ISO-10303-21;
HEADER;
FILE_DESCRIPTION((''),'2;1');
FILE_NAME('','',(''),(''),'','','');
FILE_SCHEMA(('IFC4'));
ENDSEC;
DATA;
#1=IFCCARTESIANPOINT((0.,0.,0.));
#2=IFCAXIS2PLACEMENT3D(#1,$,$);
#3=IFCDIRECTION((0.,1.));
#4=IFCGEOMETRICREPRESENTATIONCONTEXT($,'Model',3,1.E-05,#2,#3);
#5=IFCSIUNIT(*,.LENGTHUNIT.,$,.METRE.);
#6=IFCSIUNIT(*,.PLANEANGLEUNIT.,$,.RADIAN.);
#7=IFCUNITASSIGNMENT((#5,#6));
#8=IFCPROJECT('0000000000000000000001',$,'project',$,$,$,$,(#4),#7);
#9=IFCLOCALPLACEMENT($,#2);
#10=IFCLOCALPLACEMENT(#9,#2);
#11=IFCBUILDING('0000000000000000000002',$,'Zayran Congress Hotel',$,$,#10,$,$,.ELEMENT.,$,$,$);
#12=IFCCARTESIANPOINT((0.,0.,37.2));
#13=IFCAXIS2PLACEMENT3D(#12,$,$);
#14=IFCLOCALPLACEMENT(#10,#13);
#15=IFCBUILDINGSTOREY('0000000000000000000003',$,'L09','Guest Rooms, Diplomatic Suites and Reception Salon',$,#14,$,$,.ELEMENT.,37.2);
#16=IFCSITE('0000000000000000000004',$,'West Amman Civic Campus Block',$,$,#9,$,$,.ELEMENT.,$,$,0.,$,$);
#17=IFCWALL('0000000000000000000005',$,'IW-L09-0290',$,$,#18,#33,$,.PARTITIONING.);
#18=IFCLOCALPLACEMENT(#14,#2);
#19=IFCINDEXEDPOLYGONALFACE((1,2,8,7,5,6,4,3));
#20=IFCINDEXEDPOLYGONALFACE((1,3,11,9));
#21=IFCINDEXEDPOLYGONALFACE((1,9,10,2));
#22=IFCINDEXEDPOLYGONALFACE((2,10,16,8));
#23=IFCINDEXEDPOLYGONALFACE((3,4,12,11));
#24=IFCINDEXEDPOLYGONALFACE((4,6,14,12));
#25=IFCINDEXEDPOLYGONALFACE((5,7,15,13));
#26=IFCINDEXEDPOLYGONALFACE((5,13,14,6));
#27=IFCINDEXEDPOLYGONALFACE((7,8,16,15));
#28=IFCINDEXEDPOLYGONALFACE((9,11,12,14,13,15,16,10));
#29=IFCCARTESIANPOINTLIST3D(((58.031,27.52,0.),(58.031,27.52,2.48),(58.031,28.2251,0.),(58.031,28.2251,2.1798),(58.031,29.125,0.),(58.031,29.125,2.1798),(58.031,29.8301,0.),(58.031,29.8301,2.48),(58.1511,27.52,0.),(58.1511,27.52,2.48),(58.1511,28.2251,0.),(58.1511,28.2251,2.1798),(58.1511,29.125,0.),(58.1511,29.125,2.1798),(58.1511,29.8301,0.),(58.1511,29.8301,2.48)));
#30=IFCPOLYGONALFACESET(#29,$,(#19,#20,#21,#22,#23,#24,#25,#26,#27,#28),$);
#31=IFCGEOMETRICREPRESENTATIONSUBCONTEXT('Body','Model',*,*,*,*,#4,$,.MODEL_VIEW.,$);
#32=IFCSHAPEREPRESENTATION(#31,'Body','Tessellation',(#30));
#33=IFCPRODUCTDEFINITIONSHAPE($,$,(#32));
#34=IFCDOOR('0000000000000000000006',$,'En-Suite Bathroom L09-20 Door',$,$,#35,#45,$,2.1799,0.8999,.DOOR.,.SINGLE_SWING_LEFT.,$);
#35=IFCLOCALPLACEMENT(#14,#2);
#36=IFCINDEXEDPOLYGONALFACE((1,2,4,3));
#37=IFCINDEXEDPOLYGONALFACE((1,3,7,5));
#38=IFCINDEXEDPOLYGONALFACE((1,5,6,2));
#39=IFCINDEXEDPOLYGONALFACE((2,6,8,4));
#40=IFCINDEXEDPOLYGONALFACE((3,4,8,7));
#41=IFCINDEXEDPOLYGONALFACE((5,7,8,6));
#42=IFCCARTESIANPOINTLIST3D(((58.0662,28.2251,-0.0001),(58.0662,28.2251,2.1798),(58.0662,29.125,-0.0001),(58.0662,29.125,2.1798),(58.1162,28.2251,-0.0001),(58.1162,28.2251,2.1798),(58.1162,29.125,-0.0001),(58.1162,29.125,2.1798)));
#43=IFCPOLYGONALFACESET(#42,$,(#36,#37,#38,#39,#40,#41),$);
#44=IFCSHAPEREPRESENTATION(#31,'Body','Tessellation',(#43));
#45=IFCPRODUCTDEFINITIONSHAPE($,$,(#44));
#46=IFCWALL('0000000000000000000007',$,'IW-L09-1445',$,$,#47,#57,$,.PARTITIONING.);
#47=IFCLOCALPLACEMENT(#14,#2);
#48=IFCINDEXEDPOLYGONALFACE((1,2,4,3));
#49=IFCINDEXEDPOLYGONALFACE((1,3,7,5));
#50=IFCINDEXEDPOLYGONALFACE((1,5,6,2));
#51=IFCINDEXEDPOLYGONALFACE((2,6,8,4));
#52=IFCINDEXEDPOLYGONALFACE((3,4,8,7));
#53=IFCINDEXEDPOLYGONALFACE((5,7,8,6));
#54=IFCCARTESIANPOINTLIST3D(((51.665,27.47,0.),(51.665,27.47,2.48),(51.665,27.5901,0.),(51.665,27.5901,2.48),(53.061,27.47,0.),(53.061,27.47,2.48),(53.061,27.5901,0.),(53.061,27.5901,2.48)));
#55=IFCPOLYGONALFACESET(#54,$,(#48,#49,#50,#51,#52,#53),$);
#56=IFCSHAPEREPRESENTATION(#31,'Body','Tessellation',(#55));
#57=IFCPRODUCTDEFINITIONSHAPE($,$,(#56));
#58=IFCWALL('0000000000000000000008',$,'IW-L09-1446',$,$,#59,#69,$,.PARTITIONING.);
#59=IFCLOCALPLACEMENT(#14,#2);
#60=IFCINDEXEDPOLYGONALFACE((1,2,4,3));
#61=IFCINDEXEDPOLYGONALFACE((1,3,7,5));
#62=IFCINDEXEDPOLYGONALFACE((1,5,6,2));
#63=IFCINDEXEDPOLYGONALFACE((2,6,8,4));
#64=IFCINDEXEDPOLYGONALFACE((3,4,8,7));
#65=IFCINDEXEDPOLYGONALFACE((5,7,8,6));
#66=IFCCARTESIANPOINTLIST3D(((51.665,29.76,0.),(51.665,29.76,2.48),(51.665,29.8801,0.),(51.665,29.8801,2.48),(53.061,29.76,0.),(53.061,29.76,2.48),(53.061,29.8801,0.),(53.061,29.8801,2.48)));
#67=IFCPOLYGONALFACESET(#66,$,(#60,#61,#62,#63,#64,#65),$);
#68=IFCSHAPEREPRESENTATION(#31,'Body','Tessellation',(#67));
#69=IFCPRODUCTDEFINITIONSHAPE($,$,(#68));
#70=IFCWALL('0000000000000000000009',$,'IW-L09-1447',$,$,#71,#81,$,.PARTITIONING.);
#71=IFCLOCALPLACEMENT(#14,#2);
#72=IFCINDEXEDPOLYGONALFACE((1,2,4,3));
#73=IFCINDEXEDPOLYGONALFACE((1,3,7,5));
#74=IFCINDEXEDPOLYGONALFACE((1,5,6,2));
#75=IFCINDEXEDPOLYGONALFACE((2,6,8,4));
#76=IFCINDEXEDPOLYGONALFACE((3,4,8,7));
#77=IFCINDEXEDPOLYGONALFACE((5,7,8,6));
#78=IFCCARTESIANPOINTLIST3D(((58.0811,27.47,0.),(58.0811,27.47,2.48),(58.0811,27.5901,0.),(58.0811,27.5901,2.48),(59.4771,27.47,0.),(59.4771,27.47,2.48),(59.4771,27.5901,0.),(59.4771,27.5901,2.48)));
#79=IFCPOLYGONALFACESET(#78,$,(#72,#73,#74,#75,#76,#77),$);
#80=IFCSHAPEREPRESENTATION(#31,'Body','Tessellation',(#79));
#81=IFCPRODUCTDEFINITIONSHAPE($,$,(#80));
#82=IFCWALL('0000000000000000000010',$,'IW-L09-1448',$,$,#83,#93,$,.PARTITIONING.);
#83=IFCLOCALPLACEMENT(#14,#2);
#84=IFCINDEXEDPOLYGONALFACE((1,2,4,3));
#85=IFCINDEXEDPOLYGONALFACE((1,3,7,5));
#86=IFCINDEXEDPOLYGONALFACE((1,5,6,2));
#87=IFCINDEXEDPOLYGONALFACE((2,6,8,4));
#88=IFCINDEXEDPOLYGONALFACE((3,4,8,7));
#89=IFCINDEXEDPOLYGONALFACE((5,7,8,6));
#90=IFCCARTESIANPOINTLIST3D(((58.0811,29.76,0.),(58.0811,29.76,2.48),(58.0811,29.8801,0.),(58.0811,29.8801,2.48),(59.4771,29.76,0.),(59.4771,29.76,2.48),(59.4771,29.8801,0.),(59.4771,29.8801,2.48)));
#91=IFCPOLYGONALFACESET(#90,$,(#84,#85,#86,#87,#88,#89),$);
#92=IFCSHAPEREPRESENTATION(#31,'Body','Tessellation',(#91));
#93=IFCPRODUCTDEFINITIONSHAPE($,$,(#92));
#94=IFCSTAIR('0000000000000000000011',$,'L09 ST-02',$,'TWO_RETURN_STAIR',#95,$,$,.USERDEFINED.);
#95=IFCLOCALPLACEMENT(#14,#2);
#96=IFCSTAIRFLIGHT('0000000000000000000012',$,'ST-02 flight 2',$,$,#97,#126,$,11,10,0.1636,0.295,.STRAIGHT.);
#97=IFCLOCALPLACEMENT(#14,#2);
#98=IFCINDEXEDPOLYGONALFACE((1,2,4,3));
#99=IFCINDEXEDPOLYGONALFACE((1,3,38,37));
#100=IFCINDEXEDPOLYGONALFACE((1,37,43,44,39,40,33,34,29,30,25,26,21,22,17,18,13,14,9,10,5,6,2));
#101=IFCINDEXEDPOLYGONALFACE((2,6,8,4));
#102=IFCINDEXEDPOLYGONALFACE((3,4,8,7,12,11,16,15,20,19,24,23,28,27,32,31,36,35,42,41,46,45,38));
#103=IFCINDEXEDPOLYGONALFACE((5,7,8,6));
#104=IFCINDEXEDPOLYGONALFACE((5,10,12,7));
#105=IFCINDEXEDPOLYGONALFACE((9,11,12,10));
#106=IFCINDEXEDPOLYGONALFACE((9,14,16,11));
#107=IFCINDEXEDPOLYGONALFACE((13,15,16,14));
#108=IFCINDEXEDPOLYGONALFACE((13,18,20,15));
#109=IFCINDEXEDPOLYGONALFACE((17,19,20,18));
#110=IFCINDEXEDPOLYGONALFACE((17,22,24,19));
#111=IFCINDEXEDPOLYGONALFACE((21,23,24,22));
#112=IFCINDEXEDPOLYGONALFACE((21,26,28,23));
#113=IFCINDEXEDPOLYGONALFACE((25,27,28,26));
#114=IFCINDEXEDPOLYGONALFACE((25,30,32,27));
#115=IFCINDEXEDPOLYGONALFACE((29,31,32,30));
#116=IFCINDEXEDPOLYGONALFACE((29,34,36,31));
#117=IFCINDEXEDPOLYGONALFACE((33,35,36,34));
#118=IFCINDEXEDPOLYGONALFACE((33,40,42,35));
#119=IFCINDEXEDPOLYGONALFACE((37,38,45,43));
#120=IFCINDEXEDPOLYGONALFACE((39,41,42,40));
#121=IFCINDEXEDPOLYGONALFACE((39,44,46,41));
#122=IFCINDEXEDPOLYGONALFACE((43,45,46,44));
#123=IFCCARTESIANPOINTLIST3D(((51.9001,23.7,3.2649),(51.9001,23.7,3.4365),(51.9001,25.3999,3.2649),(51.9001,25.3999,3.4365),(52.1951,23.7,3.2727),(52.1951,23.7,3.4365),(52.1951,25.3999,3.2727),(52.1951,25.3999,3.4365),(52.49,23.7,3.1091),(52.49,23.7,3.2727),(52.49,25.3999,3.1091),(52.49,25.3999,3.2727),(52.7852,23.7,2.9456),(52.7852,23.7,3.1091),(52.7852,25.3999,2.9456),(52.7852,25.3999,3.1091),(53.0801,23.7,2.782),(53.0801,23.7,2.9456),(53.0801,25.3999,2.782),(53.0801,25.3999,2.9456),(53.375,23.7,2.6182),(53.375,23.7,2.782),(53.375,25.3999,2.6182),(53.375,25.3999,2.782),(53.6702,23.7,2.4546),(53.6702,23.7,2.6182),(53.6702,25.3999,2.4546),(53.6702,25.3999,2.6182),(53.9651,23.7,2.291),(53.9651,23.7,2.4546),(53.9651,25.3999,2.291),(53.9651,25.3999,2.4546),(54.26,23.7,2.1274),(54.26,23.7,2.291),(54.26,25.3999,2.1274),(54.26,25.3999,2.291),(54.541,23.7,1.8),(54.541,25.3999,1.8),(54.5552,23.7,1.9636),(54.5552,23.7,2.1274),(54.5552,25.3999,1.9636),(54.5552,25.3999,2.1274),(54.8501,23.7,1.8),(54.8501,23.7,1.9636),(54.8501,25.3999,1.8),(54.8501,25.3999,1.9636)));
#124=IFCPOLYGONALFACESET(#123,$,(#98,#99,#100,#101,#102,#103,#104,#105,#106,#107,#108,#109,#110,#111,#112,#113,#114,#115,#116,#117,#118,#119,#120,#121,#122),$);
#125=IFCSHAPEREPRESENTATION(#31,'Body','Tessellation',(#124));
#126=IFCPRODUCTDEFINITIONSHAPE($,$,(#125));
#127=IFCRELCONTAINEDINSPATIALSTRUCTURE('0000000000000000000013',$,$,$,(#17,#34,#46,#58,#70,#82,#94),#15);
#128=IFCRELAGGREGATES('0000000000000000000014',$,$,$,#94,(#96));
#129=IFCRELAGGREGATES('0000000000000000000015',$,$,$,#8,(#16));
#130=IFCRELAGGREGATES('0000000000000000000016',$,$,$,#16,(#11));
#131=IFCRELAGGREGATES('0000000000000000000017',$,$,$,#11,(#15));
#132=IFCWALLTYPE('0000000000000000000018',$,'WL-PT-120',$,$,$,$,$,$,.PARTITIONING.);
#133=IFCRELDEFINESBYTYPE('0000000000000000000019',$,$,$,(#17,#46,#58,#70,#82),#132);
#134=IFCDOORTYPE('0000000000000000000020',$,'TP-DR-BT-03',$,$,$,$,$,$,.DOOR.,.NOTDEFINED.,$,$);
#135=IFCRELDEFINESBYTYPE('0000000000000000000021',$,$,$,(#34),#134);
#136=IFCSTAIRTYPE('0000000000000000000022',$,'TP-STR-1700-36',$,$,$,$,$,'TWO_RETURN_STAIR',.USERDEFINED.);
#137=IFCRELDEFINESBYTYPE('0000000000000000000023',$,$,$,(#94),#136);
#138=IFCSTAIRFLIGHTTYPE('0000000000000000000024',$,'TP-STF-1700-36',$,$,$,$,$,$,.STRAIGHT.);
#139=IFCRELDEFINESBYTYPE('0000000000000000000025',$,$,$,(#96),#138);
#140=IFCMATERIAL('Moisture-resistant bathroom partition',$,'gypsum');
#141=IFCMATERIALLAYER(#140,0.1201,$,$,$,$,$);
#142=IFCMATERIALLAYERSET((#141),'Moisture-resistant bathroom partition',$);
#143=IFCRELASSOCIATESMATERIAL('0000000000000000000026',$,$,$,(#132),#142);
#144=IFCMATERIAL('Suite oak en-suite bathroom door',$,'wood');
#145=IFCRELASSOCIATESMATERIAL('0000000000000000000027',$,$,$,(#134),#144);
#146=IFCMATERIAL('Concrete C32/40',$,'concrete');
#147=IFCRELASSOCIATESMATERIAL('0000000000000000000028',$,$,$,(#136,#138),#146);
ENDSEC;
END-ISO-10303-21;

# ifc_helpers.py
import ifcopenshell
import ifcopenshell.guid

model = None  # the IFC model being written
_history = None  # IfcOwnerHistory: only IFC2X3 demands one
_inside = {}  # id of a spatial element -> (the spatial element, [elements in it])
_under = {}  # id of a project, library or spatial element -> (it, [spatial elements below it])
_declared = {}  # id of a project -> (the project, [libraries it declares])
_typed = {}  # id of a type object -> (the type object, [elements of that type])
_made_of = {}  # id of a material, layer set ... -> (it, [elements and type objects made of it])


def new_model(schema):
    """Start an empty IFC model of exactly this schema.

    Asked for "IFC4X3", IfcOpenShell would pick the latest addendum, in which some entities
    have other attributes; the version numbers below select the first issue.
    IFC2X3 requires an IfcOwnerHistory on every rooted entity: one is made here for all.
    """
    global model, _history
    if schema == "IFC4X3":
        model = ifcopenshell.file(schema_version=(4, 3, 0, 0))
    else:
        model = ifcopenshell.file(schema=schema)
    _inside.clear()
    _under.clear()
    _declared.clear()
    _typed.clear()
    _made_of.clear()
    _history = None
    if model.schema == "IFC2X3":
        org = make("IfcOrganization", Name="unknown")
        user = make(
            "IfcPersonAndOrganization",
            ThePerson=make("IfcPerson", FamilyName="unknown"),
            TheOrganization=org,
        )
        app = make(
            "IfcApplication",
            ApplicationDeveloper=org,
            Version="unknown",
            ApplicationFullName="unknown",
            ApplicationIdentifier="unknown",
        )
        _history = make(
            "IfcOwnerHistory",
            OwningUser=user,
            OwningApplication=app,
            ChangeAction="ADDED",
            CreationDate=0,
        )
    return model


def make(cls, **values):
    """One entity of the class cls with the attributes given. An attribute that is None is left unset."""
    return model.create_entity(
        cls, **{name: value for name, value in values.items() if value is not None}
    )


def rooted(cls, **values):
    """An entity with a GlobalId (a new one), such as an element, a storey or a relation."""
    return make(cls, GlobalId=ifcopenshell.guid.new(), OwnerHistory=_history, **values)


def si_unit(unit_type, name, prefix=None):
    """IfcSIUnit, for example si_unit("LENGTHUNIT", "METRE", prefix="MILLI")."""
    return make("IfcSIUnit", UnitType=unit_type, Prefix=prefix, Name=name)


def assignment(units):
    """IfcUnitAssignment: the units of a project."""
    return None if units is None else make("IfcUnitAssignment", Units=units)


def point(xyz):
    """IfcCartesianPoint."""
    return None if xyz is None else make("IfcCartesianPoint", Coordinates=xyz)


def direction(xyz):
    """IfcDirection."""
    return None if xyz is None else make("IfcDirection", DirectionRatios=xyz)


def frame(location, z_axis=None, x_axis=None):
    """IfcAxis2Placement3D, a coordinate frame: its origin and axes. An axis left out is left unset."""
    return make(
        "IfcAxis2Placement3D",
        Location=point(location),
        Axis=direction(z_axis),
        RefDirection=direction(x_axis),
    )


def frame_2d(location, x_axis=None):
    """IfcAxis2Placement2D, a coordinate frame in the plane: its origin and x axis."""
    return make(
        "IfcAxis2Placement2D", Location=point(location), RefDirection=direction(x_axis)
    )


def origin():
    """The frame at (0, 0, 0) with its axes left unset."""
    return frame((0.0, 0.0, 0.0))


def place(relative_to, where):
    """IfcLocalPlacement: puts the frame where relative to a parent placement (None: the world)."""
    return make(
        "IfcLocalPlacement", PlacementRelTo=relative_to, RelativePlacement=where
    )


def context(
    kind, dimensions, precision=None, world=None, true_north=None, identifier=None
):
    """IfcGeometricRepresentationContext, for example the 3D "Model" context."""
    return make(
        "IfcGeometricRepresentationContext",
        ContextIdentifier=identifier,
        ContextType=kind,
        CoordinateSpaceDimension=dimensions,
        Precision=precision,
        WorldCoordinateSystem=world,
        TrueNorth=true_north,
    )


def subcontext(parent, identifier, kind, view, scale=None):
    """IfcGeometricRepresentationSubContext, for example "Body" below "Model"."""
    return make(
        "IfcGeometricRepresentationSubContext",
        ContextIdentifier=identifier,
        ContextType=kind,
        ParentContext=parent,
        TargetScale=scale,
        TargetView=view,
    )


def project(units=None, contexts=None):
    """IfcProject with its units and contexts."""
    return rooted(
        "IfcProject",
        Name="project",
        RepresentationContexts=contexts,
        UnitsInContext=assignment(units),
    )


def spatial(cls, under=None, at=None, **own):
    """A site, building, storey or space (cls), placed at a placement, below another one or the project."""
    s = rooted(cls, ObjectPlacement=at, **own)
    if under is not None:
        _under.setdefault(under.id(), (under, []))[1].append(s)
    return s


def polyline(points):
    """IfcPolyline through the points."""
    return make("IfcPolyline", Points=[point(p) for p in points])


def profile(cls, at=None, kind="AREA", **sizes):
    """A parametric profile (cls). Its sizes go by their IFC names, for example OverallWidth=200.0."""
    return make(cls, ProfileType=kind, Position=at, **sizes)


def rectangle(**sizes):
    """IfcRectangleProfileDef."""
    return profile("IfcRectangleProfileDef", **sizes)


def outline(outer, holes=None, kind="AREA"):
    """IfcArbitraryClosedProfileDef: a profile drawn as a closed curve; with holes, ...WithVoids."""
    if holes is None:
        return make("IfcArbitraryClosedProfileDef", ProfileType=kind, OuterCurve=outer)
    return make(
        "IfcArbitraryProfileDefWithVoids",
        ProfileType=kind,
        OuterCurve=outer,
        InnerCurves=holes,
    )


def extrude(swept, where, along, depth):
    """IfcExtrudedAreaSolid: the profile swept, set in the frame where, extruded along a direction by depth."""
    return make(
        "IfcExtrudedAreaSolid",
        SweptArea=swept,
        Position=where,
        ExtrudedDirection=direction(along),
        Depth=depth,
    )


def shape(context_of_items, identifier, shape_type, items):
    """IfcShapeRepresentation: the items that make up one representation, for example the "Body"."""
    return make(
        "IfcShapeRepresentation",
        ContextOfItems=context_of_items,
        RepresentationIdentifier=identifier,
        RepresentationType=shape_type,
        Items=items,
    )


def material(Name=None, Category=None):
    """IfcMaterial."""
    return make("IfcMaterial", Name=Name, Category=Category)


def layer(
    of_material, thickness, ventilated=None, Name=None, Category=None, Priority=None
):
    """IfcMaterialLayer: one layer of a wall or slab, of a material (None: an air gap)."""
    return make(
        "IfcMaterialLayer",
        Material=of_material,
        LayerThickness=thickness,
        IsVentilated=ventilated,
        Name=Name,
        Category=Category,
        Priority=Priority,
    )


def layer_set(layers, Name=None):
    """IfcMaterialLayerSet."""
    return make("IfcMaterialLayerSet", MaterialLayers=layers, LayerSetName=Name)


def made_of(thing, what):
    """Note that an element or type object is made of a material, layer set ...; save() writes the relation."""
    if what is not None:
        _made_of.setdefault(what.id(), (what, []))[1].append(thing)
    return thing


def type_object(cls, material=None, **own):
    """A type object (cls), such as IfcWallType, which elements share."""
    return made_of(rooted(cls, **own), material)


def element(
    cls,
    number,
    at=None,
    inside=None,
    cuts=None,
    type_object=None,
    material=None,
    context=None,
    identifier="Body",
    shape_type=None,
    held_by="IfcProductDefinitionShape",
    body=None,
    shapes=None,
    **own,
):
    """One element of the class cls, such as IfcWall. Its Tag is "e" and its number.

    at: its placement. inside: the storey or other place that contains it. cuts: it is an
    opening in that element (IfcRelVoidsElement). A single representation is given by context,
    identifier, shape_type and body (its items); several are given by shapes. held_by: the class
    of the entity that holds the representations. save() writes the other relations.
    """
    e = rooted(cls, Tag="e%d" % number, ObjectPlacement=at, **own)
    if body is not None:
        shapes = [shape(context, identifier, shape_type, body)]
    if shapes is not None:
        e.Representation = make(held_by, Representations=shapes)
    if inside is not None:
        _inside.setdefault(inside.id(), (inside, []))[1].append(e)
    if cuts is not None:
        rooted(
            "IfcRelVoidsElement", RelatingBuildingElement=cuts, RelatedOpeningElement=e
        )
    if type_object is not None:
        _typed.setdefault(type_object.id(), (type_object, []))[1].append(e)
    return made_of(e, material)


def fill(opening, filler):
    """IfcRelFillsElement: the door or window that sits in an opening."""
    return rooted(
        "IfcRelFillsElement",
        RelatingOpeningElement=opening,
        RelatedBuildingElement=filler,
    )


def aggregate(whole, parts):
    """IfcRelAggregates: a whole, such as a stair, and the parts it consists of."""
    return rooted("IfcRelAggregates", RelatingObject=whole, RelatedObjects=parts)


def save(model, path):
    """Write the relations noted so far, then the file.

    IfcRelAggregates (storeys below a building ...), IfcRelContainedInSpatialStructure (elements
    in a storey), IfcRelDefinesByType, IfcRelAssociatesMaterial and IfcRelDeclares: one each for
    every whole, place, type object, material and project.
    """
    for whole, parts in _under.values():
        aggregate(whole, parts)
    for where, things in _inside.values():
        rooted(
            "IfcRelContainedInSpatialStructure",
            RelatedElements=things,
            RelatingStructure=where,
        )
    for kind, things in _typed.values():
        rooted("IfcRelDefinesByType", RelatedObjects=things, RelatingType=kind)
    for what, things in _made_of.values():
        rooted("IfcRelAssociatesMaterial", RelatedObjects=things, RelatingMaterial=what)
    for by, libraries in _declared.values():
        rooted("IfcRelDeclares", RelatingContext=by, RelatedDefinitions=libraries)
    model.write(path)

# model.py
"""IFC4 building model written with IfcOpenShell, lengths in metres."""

from ifc_helpers import new_model, si_unit, direction, frame, frame_2d, origin, place, context, subcontext, project, spatial, polyline, rectangle, outline, extrude, material, layer, layer_set, type_object, element, fill, aggregate, save


model = new_model("IFC4")

# Units and contexts
model_context = context("Model", 3, precision=1e-05, world=origin(), true_north=direction((0.0, 1.0)))
body_context = subcontext(model_context, "Body", "Model", "MODEL_VIEW")
ifc_project = project(units=[si_unit("LENGTHUNIT", "METRE"), si_unit("PLANEANGLEUNIT", "RADIAN")], contexts=[model_context])

# Site, building, storey
site_placement = place(None, origin())
site = spatial("IfcSite", under=ifc_project, at=site_placement, Name="West Amman Civic Campus Block", CompositionType="ELEMENT", RefElevation=0.0)
building_placement = place(site_placement, origin())
building = spatial("IfcBuilding", under=site, at=building_placement, Name="Zayran Congress Hotel", CompositionType="ELEMENT")
storey_placement = place(building_placement, frame((0.0, 0.0, 37.2)))
storey = spatial("IfcBuildingStorey", under=building, at=storey_placement, Name="L09", Description="Guest Rooms, Diplomatic Suites and Reception Salon", CompositionType="ELEMENT", Elevation=37.2)

# Wall, opening, door
ifc_material_1 = material(Name="Moisture-resistant bathroom partition", Category="gypsum")
ifc_layer_1 = layer(ifc_material_1, 0.1201)
ifc_layer_set_1 = layer_set([ifc_layer_1], Name="Moisture-resistant bathroom partition")
wall_type_1 = type_object("IfcWallType", Name="WL-PT-120", PredefinedType="PARTITIONING", material=ifc_layer_set_1)
ifc_material_2 = material(Name="Suite oak en-suite bathroom door", Category="wood")
door_type_1 = type_object("IfcDoorType", Name="TP-DR-BT-03", OperationType="NOTDEFINED", PredefinedType="DOOR", material=ifc_material_2)
wall_1_placement = place(storey_placement, frame((58.0911, 27.52, 0.0), z_axis=(0.0, 0.0, 1.0), x_axis=(0.0, 1.0, 0.0)))
wall_1 = element("IfcWall", 1, at=wall_1_placement, inside=storey, type_object=wall_type_1, Name="IW-L09-0290", PredefinedType="PARTITIONING", context=body_context, shape_type="SweptSolid", body=[
    extrude(rectangle(XDim=2.3101, YDim=0.1201, at=frame_2d((1.155, 0.0))), origin(), (0.0, 0.0, 1.0), 2.48),
])
opening_1_placement = place(wall_1_placement, frame((0.7051, 0.0, 0.0)))
opening_1 = element("IfcOpeningElement", 2, at=opening_1_placement, cuts=wall_1, PredefinedType="OPENING", context=body_context, shape_type="SweptSolid", body=[
    extrude(rectangle(XDim=0.8999, YDim=2.1799, at=frame_2d((0.45, 1.0898))), frame((0.0, 0.0701, 0.0), z_axis=(0.0, -1.0, 0.0), x_axis=(1.0, 0.0, 0.0)), (0.0, 0.0, 1.0), 0.1401),
])
door_1_placement = place(opening_1_placement, origin())
door_1 = element("IfcDoor", 3, at=door_1_placement, inside=storey, type_object=door_type_1, Name="En-Suite Bathroom L09-20 Door", OperationType="SINGLE_SWING_LEFT", OverallHeight=2.1799, OverallWidth=0.8999, PredefinedType="DOOR", context=body_context, shape_type="SweptSolid", body=[
    extrude(rectangle(XDim=0.8999, YDim=2.1799, at=frame_2d((0.45, 1.0898))), frame((0.0, 0.0249, 0.0), z_axis=(0.0, -1.0, 0.0), x_axis=(1.0, 0.0, 0.0)), (0.0, 0.0, 1.0), 0.05),
])
fill(opening_1, door_1)

# Walls
for number, where, z_axis, x_axis, name in (
    (4, (51.665, 27.53, 0.0), (0.0, 0.0, 1.0), (1.0, 0.0, 0.0), "IW-L09-1445"),
    (5, (51.665, 29.8201, 0.0), (0.0, 0.0, 1.0), (1.0, 0.0, 0.0), "IW-L09-1446"),
    (6, (58.0811, 27.53, 0.0), (0.0, 0.0, 1.0), (1.0, 0.0, 0.0), "IW-L09-1447"),
    (7, (58.0811, 29.8201, 0.0), (0.0, 0.0, 1.0), (1.0, 0.0, 0.0), "IW-L09-1448"),
):
    element("IfcWall", number, at=place(storey_placement, frame(where, z_axis=z_axis, x_axis=x_axis)), inside=storey, type_object=wall_type_1, Name=name, PredefinedType="PARTITIONING", context=body_context, shape_type="SweptSolid", body=[
        extrude(rectangle(XDim=1.396, YDim=0.1201, at=frame_2d((0.698, 0.0))), origin(), (0.0, 0.0, 1.0), 2.48),
    ])

# Stair, stair flight
ifc_material_3 = material(Name="Concrete C32/40", Category="concrete")
stair_type = type_object("IfcStairType", Name="TP-STR-1700-36", ElementType="TWO_RETURN_STAIR", PredefinedType="USERDEFINED", material=ifc_material_3)
stair_placement = place(storey_placement, origin())
stair = element("IfcStair", 8, at=stair_placement, inside=storey, type_object=stair_type, Name="L09 ST-02", ObjectType="TWO_RETURN_STAIR", PredefinedType="USERDEFINED")
stair_flight_type = type_object("IfcStairFlightType", Name="TP-STF-1700-36", PredefinedType="STRAIGHT", material=ifc_material_3)
stair_flight_placement = place(storey_placement, frame((54.8501, 24.55, 1.8), z_axis=(0.0, 0.0, 1.0), x_axis=(-1.0, 0.0, 0.0)))
stair_flight = element("IfcStairFlight", 9, at=stair_flight_placement, type_object=stair_flight_type, Name="ST-02 flight 2", NumberOfRisers=11, NumberOfTreads=10, PredefinedType="STRAIGHT", RiserHeight=0.1636, TreadLength=0.295, context=body_context, shape_type="SweptSolid", body=[
    extrude(outline(polyline([(0.0, 0.0), (0.0, 0.1636), (0.2949, 0.1636), (0.2949, 0.3274), (0.5901, 0.3274), (0.5901, 0.491), (0.885, 0.491), (0.885, 0.6545), (1.1799, 0.6545), (1.1799, 0.8181), (1.4751, 0.8181), (1.4751, 0.9819), (1.77, 0.9819), (1.77, 1.1455), (2.0649, 1.1455), (2.0649, 1.3091), (2.3601, 1.3091), (2.3601, 1.4727), (2.655, 1.4727), (2.655, 1.6365), (2.95, 1.6365), (2.95, 1.8), (2.95, 1.4648), (0.3091, 0.0), (0.0, 0.0)])), frame((0.0, 0.8501, 0.0), z_axis=(0.0, -1.0, 0.0), x_axis=(1.0, 0.0, 0.0)), (0.0, 0.0, 1.0), 1.7),
])
aggregate(stair, [stair_flight])

save(model, "model.ifc")
